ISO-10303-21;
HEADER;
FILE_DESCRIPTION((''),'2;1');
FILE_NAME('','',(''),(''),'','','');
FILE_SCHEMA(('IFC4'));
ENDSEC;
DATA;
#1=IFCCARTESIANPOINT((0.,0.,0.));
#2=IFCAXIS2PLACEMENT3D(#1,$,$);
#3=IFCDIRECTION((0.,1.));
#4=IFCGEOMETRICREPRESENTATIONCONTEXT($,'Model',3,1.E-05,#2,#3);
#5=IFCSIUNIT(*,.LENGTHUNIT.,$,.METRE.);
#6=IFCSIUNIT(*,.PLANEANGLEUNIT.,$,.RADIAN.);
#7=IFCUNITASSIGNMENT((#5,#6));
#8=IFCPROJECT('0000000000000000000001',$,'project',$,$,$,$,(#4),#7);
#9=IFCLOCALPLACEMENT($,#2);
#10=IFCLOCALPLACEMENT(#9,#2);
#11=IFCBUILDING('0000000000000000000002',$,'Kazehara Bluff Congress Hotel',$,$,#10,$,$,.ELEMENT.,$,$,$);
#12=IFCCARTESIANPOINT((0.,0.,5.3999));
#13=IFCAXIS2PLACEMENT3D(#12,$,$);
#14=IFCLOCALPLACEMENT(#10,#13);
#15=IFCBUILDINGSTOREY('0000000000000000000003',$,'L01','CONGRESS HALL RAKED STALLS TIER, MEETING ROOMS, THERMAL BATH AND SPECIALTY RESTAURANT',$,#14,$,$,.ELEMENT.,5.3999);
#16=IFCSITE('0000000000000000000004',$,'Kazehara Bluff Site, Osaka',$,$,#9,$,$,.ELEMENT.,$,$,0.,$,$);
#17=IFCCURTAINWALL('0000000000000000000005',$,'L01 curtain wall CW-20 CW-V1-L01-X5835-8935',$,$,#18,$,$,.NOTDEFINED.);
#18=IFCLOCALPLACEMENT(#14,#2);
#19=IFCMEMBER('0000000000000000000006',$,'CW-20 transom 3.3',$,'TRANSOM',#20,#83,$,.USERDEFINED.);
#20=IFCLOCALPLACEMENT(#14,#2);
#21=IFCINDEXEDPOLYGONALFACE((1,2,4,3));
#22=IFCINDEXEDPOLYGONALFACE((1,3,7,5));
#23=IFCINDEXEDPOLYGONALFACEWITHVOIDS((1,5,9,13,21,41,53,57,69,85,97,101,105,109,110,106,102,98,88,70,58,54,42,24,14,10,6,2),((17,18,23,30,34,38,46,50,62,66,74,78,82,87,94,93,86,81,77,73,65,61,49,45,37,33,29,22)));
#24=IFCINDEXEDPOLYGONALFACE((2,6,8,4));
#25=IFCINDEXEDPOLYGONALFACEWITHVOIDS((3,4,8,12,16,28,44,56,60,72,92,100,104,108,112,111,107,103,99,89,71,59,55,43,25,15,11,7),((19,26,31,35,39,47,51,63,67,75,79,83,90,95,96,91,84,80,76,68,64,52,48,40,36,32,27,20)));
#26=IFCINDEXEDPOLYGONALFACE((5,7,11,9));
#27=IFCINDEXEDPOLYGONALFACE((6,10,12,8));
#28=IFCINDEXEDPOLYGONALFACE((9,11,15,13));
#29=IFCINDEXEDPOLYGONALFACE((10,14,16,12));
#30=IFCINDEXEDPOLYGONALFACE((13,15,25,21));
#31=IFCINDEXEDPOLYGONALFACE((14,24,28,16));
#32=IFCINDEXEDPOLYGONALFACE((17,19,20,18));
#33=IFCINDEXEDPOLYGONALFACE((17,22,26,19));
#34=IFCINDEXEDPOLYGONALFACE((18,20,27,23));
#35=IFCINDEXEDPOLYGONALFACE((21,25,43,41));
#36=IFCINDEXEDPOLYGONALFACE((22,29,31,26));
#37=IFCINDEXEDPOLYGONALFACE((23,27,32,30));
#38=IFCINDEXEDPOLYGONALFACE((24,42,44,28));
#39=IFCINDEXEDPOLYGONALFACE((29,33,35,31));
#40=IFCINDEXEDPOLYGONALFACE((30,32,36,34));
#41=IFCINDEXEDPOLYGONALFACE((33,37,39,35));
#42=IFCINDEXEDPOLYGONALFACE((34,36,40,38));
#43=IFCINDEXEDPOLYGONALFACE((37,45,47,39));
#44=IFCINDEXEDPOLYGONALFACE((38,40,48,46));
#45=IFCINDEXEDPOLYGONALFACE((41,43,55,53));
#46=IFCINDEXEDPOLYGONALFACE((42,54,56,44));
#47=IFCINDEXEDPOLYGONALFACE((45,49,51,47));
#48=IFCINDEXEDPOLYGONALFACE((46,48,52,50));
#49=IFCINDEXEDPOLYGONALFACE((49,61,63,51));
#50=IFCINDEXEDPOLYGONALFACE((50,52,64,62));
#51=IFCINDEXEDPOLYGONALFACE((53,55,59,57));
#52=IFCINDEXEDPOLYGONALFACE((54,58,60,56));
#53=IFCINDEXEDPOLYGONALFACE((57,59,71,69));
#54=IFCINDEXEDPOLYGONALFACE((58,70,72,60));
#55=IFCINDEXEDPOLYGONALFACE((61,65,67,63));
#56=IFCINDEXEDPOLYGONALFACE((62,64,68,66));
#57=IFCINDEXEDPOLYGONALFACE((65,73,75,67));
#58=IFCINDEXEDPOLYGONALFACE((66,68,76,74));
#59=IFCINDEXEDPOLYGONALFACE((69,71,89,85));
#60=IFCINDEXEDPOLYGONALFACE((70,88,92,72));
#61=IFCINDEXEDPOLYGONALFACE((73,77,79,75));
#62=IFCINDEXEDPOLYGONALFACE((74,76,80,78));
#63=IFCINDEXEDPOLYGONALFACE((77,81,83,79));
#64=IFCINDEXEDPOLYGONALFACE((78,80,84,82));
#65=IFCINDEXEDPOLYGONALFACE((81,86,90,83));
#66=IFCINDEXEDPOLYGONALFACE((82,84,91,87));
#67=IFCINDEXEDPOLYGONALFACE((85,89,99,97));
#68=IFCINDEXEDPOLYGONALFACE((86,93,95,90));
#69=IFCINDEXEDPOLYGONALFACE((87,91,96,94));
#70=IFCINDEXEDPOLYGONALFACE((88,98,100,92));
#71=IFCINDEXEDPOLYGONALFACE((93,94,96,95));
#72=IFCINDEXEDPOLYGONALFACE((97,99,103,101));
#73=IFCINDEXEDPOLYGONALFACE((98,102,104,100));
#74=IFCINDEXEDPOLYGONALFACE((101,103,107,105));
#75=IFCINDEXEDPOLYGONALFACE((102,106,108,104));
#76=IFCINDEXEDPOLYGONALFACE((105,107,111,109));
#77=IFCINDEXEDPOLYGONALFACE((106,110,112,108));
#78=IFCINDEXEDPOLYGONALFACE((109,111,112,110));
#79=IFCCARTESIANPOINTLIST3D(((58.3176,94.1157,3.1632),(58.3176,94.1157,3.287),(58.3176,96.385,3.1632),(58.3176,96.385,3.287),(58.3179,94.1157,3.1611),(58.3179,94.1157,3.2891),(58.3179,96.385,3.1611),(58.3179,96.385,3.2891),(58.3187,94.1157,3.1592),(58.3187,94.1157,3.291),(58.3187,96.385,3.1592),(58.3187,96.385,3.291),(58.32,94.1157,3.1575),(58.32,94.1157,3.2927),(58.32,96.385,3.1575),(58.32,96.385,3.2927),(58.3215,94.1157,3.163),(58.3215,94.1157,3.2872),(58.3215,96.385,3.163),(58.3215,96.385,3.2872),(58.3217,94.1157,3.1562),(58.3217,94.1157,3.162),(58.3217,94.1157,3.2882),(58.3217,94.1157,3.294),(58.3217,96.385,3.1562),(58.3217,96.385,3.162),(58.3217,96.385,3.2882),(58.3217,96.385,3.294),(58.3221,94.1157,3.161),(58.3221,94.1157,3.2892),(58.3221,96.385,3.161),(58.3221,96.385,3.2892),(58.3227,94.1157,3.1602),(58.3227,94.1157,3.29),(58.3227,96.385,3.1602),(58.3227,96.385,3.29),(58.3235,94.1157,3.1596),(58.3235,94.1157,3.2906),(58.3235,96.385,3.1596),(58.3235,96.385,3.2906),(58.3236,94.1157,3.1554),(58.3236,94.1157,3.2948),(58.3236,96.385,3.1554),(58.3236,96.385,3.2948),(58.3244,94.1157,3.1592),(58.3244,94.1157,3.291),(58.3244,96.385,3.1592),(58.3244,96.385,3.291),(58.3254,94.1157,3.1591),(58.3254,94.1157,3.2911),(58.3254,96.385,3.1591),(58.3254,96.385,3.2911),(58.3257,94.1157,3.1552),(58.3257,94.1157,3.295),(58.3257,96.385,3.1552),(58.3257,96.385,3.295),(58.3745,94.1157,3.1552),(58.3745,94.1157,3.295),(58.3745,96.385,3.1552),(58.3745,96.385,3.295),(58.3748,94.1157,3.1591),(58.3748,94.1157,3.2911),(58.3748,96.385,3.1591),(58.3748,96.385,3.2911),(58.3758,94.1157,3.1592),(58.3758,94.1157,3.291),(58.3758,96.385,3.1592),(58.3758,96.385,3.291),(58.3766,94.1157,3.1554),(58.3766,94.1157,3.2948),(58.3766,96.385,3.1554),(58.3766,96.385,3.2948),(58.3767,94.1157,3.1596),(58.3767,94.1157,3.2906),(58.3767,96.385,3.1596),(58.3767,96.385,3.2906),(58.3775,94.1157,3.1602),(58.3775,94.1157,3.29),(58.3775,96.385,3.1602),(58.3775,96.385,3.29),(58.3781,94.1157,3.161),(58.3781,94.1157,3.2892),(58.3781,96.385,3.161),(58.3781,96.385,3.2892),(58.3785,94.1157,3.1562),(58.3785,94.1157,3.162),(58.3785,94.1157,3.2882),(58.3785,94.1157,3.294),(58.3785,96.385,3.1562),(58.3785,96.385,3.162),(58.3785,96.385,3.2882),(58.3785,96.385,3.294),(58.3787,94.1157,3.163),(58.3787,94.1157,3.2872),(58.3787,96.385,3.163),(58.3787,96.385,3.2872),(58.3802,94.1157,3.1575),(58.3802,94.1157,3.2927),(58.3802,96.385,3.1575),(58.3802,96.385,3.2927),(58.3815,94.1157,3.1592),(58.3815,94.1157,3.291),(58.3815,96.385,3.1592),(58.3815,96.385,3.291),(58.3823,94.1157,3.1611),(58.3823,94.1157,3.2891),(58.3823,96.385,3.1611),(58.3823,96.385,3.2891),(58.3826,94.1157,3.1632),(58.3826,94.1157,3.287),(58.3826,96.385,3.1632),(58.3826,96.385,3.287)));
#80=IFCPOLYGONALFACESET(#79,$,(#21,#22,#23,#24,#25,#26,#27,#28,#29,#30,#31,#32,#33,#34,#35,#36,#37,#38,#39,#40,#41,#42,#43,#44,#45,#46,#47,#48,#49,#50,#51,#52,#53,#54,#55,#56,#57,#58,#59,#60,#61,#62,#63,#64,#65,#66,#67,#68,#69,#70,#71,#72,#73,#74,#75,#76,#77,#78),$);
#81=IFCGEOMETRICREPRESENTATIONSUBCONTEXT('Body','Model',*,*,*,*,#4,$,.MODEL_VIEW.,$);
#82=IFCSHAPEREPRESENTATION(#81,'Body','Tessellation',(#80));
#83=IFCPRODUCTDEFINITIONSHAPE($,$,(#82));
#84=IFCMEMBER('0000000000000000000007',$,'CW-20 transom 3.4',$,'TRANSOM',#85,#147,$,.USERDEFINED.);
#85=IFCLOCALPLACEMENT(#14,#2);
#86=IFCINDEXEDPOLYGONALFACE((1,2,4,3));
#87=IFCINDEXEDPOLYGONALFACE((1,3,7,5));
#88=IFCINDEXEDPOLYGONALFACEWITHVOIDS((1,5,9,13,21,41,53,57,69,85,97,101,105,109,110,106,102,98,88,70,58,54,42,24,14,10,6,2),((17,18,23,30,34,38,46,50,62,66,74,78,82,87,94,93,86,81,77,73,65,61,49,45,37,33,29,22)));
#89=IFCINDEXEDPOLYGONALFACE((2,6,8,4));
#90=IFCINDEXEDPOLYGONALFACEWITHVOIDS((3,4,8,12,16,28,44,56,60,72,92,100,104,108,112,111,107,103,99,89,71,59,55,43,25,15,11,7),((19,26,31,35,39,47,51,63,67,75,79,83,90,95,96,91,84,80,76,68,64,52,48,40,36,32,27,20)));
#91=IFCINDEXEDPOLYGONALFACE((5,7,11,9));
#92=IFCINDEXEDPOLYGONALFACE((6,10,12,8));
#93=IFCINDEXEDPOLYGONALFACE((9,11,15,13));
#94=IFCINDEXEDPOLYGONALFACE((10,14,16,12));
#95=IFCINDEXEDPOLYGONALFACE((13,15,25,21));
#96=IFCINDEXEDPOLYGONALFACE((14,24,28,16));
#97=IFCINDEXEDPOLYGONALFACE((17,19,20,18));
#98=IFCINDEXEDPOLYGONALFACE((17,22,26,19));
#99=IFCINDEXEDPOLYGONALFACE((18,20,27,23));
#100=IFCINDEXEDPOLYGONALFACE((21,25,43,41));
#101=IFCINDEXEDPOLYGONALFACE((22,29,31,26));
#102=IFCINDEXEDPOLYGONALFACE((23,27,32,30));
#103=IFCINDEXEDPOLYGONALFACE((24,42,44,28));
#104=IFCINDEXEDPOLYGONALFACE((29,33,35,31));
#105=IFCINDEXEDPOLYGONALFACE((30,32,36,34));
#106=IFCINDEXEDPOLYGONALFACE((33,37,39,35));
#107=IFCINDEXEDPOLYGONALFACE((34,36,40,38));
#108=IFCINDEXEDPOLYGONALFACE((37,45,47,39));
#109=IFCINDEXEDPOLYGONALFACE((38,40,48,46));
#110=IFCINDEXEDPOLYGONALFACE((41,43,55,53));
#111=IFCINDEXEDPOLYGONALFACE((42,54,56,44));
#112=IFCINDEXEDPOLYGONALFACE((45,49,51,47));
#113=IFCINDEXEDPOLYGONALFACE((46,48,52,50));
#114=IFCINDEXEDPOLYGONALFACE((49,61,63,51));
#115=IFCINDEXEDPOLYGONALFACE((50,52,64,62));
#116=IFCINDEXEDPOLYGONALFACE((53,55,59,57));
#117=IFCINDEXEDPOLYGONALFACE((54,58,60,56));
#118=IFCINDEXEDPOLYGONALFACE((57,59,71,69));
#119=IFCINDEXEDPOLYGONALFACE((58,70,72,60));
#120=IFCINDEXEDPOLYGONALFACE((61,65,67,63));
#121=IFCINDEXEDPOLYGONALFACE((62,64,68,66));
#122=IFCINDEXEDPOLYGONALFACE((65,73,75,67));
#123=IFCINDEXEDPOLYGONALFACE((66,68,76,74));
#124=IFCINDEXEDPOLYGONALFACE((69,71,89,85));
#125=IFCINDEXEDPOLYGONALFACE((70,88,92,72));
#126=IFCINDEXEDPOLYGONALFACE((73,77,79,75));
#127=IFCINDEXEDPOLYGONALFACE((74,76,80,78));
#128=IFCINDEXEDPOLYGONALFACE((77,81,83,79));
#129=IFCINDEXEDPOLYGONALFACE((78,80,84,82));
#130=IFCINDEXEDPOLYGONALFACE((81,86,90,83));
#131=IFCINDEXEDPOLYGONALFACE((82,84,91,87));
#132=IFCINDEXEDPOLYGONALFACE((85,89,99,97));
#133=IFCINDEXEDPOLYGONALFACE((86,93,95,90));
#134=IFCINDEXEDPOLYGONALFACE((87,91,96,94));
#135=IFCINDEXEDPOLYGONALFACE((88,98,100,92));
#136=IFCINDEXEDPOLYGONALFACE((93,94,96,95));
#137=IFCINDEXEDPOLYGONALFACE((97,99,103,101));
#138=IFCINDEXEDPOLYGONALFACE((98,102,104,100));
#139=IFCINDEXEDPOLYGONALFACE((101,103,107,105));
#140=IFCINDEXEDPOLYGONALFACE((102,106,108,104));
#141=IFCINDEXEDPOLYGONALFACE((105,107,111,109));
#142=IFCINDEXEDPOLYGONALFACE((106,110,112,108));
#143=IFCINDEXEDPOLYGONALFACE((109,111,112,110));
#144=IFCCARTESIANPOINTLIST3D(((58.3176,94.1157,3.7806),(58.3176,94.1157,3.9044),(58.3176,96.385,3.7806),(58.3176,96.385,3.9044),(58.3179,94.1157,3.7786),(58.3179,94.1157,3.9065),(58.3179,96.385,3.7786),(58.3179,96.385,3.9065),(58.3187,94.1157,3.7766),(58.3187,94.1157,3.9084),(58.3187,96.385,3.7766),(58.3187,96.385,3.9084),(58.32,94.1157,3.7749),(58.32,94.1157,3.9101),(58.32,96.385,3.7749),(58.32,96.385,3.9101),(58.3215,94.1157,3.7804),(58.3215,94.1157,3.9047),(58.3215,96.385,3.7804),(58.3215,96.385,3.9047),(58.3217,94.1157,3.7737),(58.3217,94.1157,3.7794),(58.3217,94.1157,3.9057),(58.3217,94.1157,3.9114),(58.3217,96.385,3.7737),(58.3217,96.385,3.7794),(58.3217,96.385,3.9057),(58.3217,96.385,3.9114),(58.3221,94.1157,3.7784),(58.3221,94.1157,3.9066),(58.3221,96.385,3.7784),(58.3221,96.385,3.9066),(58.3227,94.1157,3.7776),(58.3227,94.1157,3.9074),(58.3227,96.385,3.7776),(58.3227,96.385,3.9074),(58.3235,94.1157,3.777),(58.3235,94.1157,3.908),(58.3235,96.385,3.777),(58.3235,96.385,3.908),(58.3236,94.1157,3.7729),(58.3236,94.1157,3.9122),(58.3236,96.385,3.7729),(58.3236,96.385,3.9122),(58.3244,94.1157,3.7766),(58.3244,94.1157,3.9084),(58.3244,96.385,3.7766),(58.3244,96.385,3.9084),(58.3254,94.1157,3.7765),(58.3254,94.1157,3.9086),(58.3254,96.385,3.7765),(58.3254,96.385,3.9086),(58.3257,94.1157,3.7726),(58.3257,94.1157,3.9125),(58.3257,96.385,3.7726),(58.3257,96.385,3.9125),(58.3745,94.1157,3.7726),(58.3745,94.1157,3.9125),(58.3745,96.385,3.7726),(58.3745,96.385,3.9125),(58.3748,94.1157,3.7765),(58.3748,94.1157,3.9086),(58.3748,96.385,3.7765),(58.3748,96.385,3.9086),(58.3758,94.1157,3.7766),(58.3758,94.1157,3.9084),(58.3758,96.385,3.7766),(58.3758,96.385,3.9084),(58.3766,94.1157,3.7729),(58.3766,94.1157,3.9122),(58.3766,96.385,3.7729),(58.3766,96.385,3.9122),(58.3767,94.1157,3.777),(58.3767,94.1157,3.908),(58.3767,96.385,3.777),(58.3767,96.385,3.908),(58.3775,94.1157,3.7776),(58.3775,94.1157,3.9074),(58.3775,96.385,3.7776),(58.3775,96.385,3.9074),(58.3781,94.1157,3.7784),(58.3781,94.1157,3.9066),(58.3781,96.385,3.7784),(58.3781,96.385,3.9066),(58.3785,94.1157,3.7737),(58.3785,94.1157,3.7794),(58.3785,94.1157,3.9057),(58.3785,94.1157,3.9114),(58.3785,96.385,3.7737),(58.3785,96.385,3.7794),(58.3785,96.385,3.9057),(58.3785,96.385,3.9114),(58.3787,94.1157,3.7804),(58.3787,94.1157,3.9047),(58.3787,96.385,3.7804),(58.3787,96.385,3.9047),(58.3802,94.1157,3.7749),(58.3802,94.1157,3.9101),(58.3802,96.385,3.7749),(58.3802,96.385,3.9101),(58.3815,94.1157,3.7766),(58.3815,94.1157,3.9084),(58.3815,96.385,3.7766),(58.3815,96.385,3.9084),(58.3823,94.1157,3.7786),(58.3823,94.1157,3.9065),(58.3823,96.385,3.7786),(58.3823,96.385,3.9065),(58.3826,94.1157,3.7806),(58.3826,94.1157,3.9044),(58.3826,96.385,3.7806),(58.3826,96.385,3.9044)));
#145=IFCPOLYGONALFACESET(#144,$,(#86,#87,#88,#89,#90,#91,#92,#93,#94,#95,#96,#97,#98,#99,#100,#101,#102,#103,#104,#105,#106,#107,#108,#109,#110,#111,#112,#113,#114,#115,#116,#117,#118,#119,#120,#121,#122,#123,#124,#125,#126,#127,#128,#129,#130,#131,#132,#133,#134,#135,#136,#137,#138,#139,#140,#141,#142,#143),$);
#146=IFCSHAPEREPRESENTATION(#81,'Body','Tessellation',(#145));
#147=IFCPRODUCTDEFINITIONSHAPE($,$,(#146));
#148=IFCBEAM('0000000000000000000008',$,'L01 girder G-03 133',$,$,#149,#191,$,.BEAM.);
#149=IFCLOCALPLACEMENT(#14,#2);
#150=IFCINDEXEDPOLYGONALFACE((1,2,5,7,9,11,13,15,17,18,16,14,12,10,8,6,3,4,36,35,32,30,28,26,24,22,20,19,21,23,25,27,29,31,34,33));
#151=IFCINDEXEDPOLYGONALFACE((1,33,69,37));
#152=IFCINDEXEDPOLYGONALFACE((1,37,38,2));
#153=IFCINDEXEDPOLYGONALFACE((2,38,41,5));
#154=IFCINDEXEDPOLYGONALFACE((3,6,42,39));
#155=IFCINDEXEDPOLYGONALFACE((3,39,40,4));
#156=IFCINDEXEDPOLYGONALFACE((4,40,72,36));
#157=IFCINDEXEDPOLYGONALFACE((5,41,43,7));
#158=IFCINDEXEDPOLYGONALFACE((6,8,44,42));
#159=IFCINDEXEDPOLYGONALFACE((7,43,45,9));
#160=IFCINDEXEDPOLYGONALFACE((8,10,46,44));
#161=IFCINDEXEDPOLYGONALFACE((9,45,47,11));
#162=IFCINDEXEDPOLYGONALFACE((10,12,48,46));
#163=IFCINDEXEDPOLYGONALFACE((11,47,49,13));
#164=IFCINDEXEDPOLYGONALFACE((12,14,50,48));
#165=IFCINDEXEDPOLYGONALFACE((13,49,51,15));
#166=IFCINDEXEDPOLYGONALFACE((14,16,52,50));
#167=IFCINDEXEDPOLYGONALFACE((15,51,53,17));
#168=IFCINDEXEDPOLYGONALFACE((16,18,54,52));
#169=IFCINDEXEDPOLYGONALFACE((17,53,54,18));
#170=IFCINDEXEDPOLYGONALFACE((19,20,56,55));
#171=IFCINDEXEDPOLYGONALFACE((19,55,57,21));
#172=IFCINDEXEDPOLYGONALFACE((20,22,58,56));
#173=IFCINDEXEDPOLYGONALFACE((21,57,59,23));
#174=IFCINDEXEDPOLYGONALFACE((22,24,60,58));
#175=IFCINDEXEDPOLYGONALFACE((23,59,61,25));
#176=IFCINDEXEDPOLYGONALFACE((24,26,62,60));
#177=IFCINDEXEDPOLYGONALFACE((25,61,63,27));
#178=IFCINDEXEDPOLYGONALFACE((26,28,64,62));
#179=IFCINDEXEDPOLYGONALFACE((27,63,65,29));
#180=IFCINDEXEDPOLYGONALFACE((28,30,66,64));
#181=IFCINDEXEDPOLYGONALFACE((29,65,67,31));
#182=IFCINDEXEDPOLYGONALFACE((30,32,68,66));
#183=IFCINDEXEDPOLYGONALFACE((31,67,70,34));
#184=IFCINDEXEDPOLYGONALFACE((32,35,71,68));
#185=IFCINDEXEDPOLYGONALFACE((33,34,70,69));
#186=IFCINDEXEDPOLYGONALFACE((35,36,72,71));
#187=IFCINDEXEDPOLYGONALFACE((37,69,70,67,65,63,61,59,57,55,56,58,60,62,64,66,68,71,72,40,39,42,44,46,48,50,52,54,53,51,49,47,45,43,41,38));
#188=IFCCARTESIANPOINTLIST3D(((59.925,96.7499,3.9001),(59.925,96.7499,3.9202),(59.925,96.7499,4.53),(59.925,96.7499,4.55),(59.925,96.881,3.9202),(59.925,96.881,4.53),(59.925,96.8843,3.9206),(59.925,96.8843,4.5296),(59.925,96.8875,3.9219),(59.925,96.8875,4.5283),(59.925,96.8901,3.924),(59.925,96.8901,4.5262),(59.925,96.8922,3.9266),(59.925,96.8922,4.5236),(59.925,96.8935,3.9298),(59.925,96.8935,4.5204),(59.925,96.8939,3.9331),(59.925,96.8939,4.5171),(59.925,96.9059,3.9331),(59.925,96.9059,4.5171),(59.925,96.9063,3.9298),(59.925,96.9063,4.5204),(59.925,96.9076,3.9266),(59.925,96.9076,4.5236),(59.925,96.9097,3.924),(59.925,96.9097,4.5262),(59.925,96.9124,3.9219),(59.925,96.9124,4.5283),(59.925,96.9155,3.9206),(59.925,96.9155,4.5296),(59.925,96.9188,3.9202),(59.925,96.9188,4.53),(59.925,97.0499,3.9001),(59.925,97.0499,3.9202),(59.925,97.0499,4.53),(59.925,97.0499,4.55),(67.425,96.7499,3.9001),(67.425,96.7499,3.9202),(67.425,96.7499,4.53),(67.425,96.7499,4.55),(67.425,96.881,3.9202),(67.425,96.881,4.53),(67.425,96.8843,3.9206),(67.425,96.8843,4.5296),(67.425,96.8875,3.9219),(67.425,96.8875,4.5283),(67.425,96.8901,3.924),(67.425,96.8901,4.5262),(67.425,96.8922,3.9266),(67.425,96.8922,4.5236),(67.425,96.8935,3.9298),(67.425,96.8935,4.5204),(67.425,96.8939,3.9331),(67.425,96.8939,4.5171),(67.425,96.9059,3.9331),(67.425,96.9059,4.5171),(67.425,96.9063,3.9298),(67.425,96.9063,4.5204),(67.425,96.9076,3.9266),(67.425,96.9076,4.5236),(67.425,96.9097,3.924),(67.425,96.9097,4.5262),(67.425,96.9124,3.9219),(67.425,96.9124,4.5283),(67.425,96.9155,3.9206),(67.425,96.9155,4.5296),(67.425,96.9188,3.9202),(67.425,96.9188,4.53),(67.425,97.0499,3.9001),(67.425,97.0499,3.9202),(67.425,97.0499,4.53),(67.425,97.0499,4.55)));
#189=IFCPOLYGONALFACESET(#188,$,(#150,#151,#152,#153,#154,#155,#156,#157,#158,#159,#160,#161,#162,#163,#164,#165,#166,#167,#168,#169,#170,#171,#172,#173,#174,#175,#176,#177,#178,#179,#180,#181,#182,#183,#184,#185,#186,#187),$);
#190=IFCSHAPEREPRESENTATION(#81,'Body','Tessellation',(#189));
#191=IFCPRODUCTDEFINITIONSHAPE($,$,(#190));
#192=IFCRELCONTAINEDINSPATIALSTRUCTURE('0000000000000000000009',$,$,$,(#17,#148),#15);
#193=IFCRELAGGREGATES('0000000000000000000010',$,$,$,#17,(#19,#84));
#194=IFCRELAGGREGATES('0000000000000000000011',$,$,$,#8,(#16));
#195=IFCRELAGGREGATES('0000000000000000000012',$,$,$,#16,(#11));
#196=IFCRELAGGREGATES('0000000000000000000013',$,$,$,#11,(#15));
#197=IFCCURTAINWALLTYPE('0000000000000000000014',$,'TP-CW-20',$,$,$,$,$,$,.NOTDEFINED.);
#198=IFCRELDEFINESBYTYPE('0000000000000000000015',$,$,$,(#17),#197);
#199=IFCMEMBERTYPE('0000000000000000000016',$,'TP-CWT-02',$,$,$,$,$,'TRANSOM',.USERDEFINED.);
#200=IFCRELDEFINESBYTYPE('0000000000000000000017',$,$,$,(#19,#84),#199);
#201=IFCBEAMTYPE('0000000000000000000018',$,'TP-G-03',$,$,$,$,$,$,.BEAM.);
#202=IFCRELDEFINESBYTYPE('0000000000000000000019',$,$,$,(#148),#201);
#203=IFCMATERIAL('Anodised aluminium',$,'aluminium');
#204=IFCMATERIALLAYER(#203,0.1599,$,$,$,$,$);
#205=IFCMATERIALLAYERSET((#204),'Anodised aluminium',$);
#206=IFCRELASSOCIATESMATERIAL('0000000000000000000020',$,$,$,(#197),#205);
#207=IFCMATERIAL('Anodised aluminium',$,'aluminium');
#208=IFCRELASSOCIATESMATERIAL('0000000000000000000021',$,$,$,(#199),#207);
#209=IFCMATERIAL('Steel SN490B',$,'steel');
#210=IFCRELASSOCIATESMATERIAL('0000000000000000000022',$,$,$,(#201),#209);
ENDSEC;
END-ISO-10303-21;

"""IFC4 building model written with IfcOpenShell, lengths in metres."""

from ifc_helpers import new_model, si_unit, direction, frame, origin, origin_2d, place, context, subcontext, project, spatial, hollow_rectangle, i_section, extrude, material, layer, layer_set, material_profile, profile_set, type_object, element, aggregate, save


model = new_model("IFC4")

# Units and contexts
model_context = context("Model", 3, precision=1e-05, world=origin(), true_north=direction((0.0, 1.0)))
body_context = subcontext(model_context, "Body", "Model", "MODEL_VIEW")
ifc_project = project(units=[si_unit("LENGTHUNIT", "METRE"), si_unit("PLANEANGLEUNIT", "RADIAN")], contexts=[model_context])

# Site, building, storey
site_placement = place(None, origin())
site = spatial("IfcSite", under=ifc_project, at=site_placement, Name="Kazehara Bluff Site, Osaka", CompositionType="ELEMENT", RefElevation=0.0)
building_placement = place(site_placement, origin())
building = spatial("IfcBuilding", under=site, at=building_placement, Name="Kazehara Bluff Congress Hotel", CompositionType="ELEMENT")
storey_placement = place(building_placement, frame((0.0, 0.0, 5.3999)))
storey = spatial("IfcBuildingStorey", under=building, at=storey_placement, Name="L01", Description="CONGRESS HALL RAKED STALLS TIER, MEETING ROOMS, THERMAL BATH AND SPECIALTY RESTAURANT", CompositionType="ELEMENT", Elevation=5.3999)

# Curtain wall, members
ifc_material_1 = material(Name="Anodised aluminium", Category="aluminium")
ifc_layer_1 = layer(ifc_material_1, 0.1599)
ifc_layer_set_1 = layer_set([ifc_layer_1], Name="Anodised aluminium")
curtain_wall_type = type_object("IfcCurtainWallType", Name="TP-CW-20", PredefinedType="NOTDEFINED", material=ifc_layer_set_1)
curtain_wall_placement = place(storey_placement, origin())
curtain_wall = element("IfcCurtainWall", 1, at=curtain_wall_placement, inside=storey, type_object=curtain_wall_type, Name="L01 curtain wall CW-20 CW-V1-L01-X5835-8935", PredefinedType="NOTDEFINED")
ifc_material_2 = material(Name="Anodised aluminium", Category="aluminium")
ifc_material_profile_1 = material_profile(ifc_material_2, hollow_rectangle(XDim=0.0649, YDim=0.1399, WallThickness=0.0039, InnerFilletRadius=0.0039, OuterFilletRadius=0.0081, at=origin_2d()))
ifc_profile_set_1 = profile_set([ifc_material_profile_1], Name="Anodised aluminium")
member_type_1 = type_object("IfcMemberType", Name="TP-CWT-02", ElementType="TRANSOM", PredefinedType="USERDEFINED", material=ifc_profile_set_1)
member_1_placement = place(storey_placement, frame((58.3501, 94.1157, 3.2251), z_axis=(0.0, 1.0, 0.0), x_axis=(-1.0, 0.0, 0.0)))
member_1 = element("IfcMember", 2, at=member_1_placement, type_object=member_type_1, Name="CW-20 transom 3.3", ObjectType="TRANSOM", PredefinedType="USERDEFINED", context=body_context, shape_type="SweptSolid", body=[
    extrude(hollow_rectangle(XDim=0.0649, YDim=0.1399, WallThickness=0.0039, InnerFilletRadius=0.0039, OuterFilletRadius=0.0081, at=origin_2d()), origin(), (0.0, 0.0, 1.0), 2.2693),
])
member_2_placement = place(storey_placement, frame((58.3501, 94.1157, 3.8425), z_axis=(0.0, 1.0, 0.0), x_axis=(-1.0, 0.0, 0.0)))
member_2 = element("IfcMember", 3, at=member_2_placement, type_object=member_type_1, Name="CW-20 transom 3.4", ObjectType="TRANSOM", PredefinedType="USERDEFINED", context=body_context, shape_type="SweptSolid", body=[
    extrude(hollow_rectangle(XDim=0.0649, YDim=0.1399, WallThickness=0.0039, InnerFilletRadius=0.0039, OuterFilletRadius=0.0081, at=origin_2d()), origin(), (0.0, 0.0, 1.0), 2.2693),
])

# Beam
ifc_material_3 = material(Name="Steel SN490B", Category="steel")
ifc_material_profile_2 = material_profile(ifc_material_3, i_section(OverallWidth=0.3, OverallDepth=0.6499, WebThickness=0.012, FlangeThickness=0.02, FilletRadius=0.0129, at=origin_2d()))
ifc_profile_set_2 = profile_set([ifc_material_profile_2], Name="Steel SN490B")
beam_type_1 = type_object("IfcBeamType", Name="TP-G-03", PredefinedType="BEAM", material=ifc_profile_set_2)
beam_1_placement = place(storey_placement, frame((59.925, 96.8999, 4.2251), z_axis=(1.0, 0.0, 0.0), x_axis=(0.0, 1.0, 0.0)))
element("IfcBeam", 4, at=beam_1_placement, inside=storey, type_object=beam_type_1, Name="L01 girder G-03 133", PredefinedType="BEAM", context=body_context, shape_type="SweptSolid", body=[
    extrude(i_section(OverallWidth=0.3, OverallDepth=0.6499, WebThickness=0.012, FlangeThickness=0.02, FilletRadius=0.0129, at=origin_2d()), origin(), (0.0, 0.0, 1.0), 7.5),
])

aggregate(curtain_wall, [member_1, member_2])

save(model, "model.ifc")
